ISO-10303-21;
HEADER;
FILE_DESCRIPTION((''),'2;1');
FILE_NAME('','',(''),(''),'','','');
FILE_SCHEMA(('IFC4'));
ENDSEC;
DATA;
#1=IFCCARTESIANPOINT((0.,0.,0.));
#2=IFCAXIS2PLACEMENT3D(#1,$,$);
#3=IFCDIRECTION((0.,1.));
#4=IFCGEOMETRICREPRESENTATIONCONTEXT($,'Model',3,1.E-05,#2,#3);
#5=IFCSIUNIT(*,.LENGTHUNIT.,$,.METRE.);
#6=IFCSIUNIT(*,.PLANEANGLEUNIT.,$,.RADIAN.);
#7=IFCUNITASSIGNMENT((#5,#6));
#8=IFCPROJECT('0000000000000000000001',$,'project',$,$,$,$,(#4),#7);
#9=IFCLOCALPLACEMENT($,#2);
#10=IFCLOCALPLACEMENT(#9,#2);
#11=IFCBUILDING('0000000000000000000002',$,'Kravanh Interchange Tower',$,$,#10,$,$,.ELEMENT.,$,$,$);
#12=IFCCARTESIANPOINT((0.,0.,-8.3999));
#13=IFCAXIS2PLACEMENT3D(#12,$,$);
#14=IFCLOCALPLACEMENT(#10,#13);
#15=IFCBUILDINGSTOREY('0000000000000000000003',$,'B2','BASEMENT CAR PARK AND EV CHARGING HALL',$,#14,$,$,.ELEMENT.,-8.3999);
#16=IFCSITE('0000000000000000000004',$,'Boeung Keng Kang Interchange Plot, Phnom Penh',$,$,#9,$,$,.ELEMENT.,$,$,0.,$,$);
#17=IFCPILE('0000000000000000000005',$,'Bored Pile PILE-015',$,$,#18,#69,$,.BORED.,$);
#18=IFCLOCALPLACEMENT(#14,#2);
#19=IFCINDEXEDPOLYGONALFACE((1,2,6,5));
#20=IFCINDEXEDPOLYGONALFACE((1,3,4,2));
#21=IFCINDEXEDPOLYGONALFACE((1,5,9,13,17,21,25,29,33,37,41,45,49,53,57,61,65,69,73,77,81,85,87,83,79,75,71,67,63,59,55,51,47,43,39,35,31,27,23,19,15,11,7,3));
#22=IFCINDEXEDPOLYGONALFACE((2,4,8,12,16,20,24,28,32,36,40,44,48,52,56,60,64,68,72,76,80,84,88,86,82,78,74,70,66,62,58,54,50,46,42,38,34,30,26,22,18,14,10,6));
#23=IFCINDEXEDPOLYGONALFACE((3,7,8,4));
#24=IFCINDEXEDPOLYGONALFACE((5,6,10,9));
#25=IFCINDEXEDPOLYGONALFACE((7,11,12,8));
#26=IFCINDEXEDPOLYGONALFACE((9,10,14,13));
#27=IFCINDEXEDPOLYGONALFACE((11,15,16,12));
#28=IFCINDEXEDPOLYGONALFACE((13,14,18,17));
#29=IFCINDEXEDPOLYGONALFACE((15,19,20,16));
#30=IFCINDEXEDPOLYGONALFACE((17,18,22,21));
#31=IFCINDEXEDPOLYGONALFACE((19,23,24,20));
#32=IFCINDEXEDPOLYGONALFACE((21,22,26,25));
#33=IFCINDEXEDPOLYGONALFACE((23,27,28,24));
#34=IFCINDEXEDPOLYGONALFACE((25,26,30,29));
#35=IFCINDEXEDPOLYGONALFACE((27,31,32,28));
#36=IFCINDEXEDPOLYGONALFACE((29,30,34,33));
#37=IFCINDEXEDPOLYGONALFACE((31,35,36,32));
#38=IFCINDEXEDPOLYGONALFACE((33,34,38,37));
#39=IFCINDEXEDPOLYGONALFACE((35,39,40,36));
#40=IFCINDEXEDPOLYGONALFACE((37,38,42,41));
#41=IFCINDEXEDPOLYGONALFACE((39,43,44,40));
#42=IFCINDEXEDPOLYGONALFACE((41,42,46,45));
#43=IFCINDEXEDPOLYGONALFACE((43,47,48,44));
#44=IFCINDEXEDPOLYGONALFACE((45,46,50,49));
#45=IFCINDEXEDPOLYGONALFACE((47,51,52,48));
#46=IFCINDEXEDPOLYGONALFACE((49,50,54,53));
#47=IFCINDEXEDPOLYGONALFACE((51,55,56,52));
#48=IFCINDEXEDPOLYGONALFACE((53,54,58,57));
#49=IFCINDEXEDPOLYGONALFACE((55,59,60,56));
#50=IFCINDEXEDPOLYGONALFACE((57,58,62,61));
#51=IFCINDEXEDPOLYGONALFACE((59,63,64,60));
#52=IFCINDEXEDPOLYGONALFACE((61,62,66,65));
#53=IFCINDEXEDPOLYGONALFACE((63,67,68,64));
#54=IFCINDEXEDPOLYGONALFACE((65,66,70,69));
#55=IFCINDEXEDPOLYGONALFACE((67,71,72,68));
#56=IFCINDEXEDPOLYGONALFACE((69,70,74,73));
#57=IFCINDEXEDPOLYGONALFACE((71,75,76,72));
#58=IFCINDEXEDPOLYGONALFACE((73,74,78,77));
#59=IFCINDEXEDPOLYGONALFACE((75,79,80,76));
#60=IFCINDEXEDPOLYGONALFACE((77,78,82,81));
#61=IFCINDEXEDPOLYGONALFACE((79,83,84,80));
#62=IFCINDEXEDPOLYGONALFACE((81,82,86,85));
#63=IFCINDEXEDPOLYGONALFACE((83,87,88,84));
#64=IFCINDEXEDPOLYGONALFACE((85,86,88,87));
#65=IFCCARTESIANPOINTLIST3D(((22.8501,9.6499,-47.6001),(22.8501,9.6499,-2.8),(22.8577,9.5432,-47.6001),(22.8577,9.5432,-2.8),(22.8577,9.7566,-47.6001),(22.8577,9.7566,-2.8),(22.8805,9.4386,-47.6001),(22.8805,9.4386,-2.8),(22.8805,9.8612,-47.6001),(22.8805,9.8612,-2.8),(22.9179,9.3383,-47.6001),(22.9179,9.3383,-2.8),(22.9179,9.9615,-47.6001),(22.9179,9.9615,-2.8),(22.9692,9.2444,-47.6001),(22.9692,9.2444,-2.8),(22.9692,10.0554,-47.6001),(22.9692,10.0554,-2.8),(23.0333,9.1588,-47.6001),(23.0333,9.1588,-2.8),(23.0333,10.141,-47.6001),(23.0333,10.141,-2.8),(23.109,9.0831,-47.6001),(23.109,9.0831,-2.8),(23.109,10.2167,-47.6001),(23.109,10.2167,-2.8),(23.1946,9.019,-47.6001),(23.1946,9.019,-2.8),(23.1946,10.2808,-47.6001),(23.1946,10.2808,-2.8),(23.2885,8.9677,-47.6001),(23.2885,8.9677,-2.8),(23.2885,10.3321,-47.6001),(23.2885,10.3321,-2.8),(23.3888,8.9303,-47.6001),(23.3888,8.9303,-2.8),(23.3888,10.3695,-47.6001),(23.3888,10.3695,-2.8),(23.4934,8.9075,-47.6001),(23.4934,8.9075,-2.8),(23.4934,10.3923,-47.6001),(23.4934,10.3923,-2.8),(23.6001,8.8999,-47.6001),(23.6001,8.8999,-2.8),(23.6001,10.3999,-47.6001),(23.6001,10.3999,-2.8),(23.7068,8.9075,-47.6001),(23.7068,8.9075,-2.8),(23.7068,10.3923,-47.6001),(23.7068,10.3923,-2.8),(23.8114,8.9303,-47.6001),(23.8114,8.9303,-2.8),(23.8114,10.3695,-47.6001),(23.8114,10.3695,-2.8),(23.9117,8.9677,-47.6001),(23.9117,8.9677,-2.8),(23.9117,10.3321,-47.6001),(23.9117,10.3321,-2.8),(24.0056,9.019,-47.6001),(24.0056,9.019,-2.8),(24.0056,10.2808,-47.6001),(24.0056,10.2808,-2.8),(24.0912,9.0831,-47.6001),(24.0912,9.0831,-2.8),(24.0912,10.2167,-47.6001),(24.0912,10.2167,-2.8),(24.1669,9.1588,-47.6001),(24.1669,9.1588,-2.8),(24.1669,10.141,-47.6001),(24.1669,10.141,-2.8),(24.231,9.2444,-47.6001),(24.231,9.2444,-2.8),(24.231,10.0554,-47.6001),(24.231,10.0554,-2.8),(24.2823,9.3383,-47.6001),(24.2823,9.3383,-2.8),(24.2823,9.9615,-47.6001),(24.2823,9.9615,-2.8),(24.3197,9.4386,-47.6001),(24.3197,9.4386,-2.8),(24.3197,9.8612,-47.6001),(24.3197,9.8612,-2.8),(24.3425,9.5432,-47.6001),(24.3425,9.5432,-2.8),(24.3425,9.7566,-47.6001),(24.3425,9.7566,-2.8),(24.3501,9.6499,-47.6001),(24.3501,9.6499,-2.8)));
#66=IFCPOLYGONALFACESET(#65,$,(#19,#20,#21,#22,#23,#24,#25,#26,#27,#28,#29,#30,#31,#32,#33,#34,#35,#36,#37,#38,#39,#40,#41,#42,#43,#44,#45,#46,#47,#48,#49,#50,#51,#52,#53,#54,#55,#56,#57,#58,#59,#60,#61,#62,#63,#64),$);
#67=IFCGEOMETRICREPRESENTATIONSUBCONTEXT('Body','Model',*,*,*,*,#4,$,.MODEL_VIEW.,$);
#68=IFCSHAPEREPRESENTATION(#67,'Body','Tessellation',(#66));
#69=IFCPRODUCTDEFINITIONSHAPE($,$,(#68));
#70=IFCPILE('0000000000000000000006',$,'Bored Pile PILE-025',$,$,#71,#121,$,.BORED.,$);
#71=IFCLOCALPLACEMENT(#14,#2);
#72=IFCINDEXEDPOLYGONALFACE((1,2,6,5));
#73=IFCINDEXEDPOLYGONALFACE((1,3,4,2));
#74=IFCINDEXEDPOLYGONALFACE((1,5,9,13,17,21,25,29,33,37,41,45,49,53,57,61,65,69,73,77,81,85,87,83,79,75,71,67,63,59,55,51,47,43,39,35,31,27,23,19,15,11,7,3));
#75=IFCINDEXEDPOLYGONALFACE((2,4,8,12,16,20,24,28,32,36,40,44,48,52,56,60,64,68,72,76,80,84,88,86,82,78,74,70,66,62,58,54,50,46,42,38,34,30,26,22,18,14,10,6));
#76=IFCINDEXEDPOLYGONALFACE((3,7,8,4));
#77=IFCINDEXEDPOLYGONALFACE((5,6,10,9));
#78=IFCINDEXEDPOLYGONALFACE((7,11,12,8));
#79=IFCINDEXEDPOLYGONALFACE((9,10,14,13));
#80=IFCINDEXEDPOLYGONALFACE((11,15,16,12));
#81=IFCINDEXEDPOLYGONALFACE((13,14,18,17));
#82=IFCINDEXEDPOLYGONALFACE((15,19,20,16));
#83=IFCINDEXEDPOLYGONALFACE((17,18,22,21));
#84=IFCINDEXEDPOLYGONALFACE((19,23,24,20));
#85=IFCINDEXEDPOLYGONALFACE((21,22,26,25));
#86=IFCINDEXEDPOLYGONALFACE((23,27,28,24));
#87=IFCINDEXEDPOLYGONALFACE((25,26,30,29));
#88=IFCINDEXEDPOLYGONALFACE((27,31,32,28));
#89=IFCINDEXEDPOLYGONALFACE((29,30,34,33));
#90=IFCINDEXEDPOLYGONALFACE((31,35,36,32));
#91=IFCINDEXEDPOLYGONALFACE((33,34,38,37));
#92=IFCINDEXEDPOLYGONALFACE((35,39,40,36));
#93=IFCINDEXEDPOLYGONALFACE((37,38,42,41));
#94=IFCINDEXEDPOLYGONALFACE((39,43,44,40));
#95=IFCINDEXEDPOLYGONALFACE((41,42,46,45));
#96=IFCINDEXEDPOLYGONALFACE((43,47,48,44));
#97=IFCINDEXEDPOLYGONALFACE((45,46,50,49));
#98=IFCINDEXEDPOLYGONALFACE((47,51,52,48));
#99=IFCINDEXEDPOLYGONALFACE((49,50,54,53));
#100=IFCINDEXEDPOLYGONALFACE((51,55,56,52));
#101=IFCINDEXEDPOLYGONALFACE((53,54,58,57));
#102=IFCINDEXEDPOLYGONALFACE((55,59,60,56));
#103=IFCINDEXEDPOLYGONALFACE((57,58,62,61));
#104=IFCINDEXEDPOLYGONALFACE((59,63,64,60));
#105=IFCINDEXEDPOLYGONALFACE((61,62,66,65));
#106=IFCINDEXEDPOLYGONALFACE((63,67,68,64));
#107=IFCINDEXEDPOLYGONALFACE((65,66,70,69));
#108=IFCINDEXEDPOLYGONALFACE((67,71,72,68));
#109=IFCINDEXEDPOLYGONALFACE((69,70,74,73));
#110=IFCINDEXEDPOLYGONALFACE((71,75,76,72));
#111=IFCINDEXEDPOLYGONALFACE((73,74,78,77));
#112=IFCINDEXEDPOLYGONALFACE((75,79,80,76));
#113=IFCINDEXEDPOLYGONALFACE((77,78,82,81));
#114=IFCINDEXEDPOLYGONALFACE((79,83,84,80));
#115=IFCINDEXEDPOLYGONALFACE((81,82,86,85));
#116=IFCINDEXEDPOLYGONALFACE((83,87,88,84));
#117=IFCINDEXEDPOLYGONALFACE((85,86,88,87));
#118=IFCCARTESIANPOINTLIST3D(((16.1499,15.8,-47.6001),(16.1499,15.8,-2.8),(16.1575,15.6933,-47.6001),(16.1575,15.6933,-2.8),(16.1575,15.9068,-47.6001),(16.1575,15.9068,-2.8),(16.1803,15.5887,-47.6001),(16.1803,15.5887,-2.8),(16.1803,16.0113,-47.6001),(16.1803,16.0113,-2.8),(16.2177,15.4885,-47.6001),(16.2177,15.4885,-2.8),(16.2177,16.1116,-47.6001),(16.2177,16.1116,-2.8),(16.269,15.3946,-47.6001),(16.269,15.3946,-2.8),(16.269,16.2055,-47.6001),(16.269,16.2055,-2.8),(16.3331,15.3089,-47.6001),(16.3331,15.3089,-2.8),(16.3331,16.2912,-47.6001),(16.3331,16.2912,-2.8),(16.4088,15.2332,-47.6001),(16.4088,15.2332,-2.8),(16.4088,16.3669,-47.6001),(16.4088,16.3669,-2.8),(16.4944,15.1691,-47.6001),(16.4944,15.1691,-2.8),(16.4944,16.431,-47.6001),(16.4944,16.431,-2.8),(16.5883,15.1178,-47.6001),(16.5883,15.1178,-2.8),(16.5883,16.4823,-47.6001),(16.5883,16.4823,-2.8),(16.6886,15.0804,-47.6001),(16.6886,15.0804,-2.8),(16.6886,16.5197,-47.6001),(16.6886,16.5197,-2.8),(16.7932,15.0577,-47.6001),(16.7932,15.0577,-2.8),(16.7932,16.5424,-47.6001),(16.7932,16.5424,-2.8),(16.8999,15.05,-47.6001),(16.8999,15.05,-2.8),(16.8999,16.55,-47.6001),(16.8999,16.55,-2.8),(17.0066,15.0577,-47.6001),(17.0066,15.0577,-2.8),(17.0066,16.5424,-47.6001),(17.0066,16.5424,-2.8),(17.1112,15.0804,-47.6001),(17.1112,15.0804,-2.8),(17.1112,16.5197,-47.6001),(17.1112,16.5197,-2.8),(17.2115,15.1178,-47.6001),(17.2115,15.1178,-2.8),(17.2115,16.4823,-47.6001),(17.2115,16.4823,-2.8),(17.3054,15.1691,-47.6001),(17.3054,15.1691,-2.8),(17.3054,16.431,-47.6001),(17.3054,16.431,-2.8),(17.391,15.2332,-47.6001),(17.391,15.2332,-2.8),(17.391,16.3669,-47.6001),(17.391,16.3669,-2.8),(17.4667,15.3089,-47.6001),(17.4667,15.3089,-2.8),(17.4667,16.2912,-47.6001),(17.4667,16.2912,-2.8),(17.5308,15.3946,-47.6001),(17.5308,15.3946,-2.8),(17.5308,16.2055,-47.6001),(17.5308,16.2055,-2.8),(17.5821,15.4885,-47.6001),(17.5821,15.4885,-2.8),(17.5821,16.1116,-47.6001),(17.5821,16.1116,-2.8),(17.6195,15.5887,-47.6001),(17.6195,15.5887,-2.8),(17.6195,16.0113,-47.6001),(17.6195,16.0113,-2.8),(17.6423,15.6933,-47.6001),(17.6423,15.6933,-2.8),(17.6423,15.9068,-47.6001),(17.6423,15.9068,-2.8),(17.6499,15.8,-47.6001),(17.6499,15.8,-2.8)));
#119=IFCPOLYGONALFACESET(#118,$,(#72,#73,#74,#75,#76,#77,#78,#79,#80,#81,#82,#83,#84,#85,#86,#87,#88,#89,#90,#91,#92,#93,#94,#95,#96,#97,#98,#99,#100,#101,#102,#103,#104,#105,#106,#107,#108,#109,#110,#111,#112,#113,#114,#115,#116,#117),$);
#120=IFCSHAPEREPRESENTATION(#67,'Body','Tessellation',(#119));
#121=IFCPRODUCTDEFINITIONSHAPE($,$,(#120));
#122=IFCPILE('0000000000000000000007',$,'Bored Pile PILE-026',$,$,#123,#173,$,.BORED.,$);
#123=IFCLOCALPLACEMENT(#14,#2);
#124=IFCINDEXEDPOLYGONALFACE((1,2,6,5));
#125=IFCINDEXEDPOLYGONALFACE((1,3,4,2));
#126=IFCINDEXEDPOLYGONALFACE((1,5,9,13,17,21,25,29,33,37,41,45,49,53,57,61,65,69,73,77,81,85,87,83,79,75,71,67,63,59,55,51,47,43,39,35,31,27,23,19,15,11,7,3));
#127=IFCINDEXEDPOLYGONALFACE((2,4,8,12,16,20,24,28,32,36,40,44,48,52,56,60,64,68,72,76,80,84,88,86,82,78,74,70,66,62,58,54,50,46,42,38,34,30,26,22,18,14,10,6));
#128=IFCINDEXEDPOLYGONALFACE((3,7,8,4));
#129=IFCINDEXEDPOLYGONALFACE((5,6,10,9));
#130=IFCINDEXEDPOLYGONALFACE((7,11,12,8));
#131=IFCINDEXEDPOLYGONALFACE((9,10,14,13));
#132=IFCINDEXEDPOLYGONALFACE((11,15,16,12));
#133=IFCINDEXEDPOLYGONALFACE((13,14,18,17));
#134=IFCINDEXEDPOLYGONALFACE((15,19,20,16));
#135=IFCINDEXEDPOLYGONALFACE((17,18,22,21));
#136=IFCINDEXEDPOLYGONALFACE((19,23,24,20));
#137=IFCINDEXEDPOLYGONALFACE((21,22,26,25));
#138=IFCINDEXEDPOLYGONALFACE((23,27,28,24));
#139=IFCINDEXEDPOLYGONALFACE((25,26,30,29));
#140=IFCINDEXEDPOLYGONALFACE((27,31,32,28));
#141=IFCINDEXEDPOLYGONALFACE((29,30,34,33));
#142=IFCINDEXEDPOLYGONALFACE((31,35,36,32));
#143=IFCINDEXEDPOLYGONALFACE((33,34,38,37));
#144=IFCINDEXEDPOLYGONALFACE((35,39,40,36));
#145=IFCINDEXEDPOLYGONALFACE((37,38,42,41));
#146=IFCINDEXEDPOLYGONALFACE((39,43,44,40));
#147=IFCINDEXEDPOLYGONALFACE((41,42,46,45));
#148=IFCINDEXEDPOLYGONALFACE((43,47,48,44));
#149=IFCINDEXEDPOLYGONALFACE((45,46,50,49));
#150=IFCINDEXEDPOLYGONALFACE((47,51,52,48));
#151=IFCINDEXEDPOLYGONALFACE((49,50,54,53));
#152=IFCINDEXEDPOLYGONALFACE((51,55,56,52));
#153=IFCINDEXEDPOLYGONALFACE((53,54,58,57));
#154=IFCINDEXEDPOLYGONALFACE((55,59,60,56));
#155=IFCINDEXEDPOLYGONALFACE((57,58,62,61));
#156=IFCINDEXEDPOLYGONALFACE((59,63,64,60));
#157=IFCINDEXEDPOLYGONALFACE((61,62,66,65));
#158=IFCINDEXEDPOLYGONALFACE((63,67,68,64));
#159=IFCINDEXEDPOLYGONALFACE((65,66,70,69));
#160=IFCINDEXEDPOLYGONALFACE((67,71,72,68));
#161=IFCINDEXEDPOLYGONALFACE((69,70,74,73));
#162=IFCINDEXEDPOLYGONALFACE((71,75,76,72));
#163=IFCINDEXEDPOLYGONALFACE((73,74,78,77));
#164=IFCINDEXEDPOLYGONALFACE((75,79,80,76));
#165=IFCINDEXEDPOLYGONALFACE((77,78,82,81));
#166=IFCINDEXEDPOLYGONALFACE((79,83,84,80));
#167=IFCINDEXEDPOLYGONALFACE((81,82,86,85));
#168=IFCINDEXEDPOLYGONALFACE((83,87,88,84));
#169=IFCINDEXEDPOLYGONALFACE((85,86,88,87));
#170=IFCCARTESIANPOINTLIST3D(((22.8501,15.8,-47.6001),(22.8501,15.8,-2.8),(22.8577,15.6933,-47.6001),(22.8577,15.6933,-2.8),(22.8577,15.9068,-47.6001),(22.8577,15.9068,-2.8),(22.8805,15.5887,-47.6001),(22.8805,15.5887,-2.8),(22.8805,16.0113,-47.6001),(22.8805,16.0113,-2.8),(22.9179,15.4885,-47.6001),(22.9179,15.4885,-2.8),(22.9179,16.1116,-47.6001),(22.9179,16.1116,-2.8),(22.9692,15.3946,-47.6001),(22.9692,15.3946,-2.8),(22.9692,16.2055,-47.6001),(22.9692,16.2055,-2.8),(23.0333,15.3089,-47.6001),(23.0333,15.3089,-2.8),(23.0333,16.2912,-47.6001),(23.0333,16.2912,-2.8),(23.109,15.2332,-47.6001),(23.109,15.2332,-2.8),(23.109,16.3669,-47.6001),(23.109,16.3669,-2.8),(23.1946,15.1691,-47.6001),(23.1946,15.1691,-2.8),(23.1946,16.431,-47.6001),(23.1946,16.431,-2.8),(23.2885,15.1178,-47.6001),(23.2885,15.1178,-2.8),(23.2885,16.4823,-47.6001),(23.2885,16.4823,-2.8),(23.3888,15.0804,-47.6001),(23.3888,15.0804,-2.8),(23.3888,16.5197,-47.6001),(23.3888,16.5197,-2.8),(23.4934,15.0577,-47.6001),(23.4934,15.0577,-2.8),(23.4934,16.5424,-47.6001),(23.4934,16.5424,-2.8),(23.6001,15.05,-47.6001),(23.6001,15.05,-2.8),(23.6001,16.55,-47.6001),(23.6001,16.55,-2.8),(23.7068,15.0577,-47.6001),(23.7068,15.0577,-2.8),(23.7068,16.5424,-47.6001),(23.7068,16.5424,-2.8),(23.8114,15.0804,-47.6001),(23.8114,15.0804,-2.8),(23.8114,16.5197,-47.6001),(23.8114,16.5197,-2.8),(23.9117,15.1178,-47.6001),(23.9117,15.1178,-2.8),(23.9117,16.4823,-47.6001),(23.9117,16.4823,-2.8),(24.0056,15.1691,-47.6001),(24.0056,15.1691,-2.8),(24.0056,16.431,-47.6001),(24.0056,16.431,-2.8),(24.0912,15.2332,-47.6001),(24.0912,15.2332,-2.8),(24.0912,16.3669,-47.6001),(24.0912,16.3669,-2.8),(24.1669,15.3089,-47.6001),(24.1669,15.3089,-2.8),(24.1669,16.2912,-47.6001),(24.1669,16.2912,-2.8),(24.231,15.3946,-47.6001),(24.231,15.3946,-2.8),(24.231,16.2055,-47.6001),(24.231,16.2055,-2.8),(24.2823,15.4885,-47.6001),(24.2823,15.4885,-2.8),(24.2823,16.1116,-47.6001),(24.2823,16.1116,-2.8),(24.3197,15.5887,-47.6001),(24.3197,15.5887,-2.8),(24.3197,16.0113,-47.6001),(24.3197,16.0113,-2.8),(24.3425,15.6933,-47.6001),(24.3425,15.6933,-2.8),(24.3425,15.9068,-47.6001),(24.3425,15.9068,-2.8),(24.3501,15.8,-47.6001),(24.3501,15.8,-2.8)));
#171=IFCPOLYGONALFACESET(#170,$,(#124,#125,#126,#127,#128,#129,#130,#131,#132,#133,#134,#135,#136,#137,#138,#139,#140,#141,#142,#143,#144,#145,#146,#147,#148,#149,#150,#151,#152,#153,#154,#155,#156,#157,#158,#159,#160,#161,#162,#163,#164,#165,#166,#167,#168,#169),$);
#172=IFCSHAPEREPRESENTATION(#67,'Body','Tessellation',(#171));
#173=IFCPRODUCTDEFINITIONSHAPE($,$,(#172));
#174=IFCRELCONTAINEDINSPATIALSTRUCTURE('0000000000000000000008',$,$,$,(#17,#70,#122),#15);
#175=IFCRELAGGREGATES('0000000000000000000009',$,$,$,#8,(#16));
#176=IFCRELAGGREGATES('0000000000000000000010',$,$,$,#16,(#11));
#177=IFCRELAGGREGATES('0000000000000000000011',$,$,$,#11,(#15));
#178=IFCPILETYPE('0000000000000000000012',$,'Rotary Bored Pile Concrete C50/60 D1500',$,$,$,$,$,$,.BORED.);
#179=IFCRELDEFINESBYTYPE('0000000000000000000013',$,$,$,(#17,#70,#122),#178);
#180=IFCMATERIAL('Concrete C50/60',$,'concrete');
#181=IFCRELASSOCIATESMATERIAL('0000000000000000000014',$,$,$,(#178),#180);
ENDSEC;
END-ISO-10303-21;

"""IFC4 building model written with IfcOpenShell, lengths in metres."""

from ifc_helpers import new_model, si_unit, direction, frame, origin, origin_2d, place, context, subcontext, project, spatial, circle, extrude, material, material_profile, profile_set, type_object, element, save


model = new_model("IFC4")

# Units and contexts
model_context = context("Model", 3, precision=1e-05, world=origin(), true_north=direction((0.0, 1.0)))
body_context = subcontext(model_context, "Body", "Model", "MODEL_VIEW")
ifc_project = project(units=[si_unit("LENGTHUNIT", "METRE"), si_unit("PLANEANGLEUNIT", "RADIAN")], contexts=[model_context])

# Site, building, storey
site_placement = place(None, origin())
site = spatial("IfcSite", under=ifc_project, at=site_placement, Name="Boeung Keng Kang Interchange Plot, Phnom Penh", CompositionType="ELEMENT", RefElevation=0.0)
building_placement = place(site_placement, origin())
building = spatial("IfcBuilding", under=site, at=building_placement, Name="Kravanh Interchange Tower", CompositionType="ELEMENT")
storey_placement = place(building_placement, frame((0.0, 0.0, -8.3999)))
storey = spatial("IfcBuildingStorey", under=building, at=storey_placement, Name="B2", Description="BASEMENT CAR PARK AND EV CHARGING HALL", CompositionType="ELEMENT", Elevation=-8.3999)

# Piles
ifc_material_1 = material(Name="Concrete C50/60", Category="concrete")
ifc_material_profile_1 = material_profile(ifc_material_1, circle(Radius=0.75, at=origin_2d()), Name="PILE-D1500")
ifc_profile_set_1 = profile_set([ifc_material_profile_1], Name="Concrete C50/60")
pile_type_1 = type_object("IfcPileType", Name="Rotary Bored Pile Concrete C50/60 D1500", PredefinedType="BORED", material=ifc_profile_set_1)
for number, where, z_axis, x_axis, name in (
    (1, (23.6001, 9.6499, -2.8), (0.0, 0.0, -1.0), (1.0, 0.0, 0.0), "Bored Pile PILE-015"),
    (2, (16.8999, 15.8, -2.8), (0.0, 0.0, -1.0), (1.0, 0.0, 0.0), "Bored Pile PILE-025"),
    (3, (23.6001, 15.8, -2.8), (0.0, 0.0, -1.0), (1.0, 0.0, 0.0), "Bored Pile PILE-026"),
):
    element("IfcPile", number, at=place(storey_placement, frame(where, z_axis=z_axis, x_axis=x_axis)), inside=storey, type_object=pile_type_1, Name=name, PredefinedType="BORED", context=body_context, shape_type="SweptSolid", body=[
        extrude(circle(Radius=0.75, at=origin_2d()), origin(), (0.0, 0.0, 1.0), 44.8),
    ])

save(model, "model.ifc")
